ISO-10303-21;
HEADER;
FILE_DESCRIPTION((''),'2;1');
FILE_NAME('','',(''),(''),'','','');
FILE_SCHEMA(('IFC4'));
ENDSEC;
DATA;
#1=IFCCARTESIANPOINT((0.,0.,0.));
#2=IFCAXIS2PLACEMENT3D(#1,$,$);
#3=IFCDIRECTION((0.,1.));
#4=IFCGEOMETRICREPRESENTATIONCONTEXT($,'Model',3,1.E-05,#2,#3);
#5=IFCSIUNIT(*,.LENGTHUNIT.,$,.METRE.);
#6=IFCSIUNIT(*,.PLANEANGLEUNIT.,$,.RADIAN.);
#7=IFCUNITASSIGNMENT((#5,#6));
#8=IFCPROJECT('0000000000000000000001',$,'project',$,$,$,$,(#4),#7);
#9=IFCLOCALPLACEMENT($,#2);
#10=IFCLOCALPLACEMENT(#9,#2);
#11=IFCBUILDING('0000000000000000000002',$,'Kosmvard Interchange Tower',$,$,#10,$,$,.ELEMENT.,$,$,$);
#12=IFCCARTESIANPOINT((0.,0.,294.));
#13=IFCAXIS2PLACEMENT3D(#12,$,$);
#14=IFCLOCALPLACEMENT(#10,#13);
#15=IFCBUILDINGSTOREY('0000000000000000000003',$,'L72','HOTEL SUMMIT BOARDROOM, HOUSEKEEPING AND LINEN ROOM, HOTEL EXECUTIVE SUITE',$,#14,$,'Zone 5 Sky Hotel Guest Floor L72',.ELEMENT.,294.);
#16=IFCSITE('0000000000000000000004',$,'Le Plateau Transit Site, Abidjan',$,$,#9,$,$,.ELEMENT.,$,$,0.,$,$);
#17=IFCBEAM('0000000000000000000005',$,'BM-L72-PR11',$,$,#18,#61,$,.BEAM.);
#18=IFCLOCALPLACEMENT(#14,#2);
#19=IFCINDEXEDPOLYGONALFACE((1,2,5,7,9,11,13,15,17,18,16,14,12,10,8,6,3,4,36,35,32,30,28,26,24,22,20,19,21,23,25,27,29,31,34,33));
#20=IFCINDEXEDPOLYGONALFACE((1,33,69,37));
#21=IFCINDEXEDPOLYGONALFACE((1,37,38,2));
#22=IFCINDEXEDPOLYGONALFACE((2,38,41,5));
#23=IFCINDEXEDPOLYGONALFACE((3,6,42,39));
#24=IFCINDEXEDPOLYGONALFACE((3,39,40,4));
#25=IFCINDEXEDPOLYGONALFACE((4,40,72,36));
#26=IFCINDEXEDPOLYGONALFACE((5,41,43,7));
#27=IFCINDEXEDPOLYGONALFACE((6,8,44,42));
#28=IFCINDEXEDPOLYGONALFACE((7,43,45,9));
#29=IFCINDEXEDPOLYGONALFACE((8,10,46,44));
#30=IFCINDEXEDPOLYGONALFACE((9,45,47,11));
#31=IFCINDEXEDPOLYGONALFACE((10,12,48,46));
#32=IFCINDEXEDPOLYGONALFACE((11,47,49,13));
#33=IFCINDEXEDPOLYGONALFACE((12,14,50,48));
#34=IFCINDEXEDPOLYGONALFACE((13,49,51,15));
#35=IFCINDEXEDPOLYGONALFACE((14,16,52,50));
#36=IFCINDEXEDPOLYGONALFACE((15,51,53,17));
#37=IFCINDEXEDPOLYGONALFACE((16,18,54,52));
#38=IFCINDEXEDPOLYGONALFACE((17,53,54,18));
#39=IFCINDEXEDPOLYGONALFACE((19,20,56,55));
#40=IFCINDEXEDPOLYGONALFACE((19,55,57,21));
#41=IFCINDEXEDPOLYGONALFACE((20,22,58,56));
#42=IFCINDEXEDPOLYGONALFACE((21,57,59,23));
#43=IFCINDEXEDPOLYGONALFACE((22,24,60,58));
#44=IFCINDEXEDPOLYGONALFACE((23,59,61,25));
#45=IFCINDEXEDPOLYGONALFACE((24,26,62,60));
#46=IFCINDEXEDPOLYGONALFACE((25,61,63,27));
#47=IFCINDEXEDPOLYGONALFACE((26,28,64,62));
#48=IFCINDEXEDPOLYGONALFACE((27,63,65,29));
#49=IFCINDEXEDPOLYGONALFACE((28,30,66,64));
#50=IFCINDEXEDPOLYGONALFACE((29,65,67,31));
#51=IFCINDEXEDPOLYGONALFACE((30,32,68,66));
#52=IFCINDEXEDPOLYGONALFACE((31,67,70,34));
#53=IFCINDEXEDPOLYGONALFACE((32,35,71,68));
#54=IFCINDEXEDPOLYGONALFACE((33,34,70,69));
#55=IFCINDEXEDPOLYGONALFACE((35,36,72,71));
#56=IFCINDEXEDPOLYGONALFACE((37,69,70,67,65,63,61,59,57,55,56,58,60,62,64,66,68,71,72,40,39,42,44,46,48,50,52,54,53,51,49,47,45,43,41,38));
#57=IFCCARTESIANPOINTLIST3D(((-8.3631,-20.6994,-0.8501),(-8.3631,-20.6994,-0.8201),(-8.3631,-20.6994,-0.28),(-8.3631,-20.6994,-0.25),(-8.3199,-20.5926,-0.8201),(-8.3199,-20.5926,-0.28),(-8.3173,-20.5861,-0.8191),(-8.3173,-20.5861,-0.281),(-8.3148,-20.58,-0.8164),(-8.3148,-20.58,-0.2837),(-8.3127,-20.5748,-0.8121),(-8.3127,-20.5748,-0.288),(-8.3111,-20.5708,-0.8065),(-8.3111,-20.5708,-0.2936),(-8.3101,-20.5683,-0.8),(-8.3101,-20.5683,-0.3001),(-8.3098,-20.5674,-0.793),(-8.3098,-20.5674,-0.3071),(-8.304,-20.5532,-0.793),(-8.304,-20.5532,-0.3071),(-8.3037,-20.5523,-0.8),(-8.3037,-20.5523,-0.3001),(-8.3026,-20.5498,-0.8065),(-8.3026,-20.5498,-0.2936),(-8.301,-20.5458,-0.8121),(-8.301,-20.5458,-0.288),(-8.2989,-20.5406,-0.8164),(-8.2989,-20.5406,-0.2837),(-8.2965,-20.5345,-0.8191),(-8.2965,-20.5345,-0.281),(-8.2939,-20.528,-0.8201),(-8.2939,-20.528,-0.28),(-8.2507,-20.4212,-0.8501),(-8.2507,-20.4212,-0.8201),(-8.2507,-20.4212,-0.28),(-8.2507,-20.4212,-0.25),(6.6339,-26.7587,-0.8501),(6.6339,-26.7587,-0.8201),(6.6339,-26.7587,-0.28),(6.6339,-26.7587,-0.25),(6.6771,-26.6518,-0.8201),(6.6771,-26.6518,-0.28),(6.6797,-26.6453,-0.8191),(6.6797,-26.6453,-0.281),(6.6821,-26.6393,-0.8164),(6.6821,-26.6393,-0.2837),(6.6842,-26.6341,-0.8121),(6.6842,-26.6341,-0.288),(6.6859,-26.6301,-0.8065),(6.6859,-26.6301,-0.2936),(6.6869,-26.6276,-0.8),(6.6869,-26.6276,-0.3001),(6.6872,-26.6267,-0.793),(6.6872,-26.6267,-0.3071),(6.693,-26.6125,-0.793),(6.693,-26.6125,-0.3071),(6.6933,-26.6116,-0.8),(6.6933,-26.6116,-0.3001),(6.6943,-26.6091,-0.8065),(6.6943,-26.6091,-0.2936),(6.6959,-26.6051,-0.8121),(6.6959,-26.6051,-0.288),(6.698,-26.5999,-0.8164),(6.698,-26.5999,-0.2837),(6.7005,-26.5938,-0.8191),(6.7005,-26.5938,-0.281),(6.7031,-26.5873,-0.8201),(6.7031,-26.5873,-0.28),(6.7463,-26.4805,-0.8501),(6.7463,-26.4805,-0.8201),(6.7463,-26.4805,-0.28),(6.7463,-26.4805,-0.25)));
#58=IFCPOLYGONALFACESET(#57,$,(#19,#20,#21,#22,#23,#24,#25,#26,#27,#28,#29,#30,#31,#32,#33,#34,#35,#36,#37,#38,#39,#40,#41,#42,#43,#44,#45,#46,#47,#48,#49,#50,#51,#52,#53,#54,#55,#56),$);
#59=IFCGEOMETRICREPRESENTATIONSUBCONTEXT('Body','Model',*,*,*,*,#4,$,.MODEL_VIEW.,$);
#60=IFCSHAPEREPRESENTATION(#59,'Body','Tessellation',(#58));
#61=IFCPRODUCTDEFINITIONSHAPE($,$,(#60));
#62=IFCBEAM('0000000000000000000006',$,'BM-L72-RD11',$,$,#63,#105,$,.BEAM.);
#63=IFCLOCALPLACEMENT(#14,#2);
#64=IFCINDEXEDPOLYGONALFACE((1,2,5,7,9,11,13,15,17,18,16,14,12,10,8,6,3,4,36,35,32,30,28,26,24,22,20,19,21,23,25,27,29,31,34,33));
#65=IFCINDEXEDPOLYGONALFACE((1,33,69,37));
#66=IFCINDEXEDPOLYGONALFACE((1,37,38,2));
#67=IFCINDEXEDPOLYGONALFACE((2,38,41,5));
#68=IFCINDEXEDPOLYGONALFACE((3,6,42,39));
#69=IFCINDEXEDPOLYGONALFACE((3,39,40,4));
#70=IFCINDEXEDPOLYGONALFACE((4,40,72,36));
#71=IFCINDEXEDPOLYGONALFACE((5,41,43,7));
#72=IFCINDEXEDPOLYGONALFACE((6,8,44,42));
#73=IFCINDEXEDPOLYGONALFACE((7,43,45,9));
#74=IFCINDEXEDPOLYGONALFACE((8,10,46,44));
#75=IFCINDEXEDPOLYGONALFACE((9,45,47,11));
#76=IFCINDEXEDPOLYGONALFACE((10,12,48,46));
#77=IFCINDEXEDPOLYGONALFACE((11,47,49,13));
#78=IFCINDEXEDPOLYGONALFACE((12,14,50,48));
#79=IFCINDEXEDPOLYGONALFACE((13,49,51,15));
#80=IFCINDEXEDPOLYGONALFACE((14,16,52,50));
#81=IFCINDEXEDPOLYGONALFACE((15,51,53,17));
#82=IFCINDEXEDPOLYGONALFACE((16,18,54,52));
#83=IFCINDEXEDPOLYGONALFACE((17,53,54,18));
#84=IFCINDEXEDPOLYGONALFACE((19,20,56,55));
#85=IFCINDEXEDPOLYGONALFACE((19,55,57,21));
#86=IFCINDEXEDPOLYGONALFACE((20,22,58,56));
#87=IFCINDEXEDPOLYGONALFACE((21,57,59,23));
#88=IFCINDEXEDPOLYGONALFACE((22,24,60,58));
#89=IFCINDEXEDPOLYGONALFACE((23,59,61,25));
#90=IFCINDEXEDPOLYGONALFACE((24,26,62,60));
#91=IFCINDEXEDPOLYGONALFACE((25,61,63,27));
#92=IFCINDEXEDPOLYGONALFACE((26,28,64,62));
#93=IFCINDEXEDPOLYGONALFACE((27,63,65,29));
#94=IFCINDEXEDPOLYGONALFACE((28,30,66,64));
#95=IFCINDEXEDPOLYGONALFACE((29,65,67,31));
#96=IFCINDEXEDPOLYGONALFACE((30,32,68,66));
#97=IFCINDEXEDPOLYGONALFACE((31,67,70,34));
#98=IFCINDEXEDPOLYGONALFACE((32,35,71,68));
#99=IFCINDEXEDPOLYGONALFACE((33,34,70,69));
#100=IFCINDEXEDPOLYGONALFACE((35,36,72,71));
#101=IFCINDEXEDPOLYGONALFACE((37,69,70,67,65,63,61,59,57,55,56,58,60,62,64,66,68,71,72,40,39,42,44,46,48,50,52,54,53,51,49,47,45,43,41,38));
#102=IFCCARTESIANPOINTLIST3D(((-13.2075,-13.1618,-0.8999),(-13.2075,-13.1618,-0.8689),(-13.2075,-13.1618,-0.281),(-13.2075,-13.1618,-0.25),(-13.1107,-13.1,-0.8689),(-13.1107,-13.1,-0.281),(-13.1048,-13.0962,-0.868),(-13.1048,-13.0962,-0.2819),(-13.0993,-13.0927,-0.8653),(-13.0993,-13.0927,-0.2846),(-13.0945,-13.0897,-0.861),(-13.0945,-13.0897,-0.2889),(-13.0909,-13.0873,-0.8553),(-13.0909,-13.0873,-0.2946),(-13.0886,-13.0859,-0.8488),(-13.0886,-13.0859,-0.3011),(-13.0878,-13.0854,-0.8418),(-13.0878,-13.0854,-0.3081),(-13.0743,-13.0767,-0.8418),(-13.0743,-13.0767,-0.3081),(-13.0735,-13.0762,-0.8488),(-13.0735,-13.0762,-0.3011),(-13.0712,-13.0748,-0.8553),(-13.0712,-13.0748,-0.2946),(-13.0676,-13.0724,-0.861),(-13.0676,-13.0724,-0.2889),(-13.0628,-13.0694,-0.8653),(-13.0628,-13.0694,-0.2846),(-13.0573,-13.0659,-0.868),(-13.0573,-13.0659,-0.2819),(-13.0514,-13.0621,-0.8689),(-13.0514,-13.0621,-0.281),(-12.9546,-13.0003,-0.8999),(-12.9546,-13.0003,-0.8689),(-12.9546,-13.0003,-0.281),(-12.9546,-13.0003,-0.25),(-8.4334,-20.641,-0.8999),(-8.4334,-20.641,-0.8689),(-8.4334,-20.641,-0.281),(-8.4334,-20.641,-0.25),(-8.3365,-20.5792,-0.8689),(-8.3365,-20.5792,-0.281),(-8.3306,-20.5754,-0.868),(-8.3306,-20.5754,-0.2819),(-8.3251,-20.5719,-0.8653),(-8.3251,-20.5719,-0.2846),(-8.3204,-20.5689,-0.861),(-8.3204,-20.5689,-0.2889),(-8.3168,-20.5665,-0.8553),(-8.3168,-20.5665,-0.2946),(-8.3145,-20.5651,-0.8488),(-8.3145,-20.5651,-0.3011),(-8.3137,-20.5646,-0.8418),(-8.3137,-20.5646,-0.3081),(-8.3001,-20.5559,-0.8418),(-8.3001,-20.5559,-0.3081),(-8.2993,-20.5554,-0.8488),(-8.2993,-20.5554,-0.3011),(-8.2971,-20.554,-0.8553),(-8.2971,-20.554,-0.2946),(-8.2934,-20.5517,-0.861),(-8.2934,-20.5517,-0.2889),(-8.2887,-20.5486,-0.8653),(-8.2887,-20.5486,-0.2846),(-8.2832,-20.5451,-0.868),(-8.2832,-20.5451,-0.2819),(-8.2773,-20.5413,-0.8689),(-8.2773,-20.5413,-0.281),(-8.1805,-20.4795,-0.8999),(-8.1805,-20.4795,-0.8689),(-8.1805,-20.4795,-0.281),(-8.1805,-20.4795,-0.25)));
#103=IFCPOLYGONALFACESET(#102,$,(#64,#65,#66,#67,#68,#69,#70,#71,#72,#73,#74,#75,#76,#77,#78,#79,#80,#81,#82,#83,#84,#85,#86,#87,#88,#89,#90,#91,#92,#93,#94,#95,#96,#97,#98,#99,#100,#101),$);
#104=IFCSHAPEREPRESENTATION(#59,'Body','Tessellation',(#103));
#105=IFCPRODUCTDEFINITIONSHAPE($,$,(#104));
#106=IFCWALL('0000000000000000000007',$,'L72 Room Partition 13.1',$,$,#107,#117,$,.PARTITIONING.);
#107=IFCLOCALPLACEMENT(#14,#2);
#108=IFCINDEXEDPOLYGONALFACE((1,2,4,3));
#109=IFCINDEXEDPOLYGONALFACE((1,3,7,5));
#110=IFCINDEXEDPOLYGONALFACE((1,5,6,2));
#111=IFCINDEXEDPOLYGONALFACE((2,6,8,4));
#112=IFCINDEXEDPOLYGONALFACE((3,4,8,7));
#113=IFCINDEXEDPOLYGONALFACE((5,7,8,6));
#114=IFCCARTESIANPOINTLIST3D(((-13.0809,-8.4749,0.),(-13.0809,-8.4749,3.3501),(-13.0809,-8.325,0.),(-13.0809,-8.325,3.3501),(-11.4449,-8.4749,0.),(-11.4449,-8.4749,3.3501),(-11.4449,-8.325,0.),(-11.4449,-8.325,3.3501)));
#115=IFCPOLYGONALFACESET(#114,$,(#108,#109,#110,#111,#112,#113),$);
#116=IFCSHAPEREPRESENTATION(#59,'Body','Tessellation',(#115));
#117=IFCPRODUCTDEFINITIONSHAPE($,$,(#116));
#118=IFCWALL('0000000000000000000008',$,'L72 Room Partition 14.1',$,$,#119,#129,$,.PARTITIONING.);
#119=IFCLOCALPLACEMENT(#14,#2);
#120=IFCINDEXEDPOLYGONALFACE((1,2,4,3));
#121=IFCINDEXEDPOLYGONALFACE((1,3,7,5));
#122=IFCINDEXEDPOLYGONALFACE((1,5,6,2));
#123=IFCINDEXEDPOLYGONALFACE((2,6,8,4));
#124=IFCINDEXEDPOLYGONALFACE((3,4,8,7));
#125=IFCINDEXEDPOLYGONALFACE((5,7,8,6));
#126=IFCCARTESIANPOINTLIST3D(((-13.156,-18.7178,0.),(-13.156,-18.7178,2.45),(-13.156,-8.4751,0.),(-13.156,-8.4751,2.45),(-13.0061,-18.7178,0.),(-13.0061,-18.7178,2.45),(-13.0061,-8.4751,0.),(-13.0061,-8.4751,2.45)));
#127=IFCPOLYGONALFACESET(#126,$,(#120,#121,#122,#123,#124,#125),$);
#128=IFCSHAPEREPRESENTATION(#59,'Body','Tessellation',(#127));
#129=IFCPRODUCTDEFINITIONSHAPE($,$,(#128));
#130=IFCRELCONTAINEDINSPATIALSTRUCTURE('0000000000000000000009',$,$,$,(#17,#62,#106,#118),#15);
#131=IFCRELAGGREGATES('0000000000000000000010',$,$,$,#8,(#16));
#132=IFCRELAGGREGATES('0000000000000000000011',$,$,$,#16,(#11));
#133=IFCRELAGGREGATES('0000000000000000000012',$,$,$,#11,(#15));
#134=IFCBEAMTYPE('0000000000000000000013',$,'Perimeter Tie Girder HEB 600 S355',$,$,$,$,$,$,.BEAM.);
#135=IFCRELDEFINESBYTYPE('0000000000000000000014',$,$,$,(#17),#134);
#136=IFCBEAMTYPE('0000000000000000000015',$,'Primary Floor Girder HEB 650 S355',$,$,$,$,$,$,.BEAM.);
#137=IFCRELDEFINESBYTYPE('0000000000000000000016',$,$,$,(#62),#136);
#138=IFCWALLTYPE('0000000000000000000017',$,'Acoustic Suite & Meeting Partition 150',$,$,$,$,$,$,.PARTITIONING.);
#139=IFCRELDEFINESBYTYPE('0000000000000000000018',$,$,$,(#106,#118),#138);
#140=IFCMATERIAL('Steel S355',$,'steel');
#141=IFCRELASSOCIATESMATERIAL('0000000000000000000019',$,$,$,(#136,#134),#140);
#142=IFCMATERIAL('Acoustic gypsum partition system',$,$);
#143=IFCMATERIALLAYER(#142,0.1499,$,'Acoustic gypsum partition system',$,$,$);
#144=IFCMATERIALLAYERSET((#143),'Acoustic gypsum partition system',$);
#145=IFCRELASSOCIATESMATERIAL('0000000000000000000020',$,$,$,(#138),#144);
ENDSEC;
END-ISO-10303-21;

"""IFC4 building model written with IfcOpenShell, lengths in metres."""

from ifc_helpers import new_model, si_unit, direction, frame, frame_2d, origin, origin_2d, place, context, subcontext, project, spatial, rectangle, i_section, extrude, source, transform, mapped, material, layer, layer_set, material_profile, profile_set, type_object, element, save


model = new_model("IFC4")

# Units and contexts
model_context = context("Model", 3, precision=1e-05, world=origin(), true_north=direction((0.0, 1.0)))
body_context = subcontext(model_context, "Body", "Model", "MODEL_VIEW")
ifc_project = project(units=[si_unit("LENGTHUNIT", "METRE"), si_unit("PLANEANGLEUNIT", "RADIAN")], contexts=[model_context])

# Site, building, storey
site_placement = place(None, origin())
site = spatial("IfcSite", under=ifc_project, at=site_placement, Name="Le Plateau Transit Site, Abidjan", CompositionType="ELEMENT", RefElevation=0.0)
building_placement = place(site_placement, origin())
building = spatial("IfcBuilding", under=site, at=building_placement, Name="Kosmvard Interchange Tower", CompositionType="ELEMENT")
storey_placement = place(building_placement, frame((0.0, 0.0, 294.0)))
storey = spatial("IfcBuildingStorey", under=building, at=storey_placement, Name="L72", Description="HOTEL SUMMIT BOARDROOM, HOUSEKEEPING AND LINEN ROOM, HOTEL EXECUTIVE SUITE", LongName="Zone 5 Sky Hotel Guest Floor L72", CompositionType="ELEMENT", Elevation=294.0)

# Beams
ifc_material_1 = material(Name="Steel S355", Category="steel")
ifc_material_profile_1 = material_profile(ifc_material_1, i_section(OverallWidth=0.3, OverallDepth=0.6499, WebThickness=0.0161, FlangeThickness=0.031, FilletRadius=0.0271, at=origin_2d()), Name="HEB 650")
ifc_profile_set_1 = profile_set([ifc_material_profile_1], Name="Steel S355")
beam_type_1 = type_object("IfcBeamType", Name="Primary Floor Girder HEB 650 S355", PredefinedType="BEAM", material=ifc_profile_set_1)
ifc_material_profile_2 = material_profile(ifc_material_1, i_section(OverallWidth=0.3, OverallDepth=0.6001, WebThickness=0.0154, FlangeThickness=0.03, FilletRadius=0.0271, at=origin_2d()), Name="HEB 600")
ifc_profile_set_2 = profile_set([ifc_material_profile_2], Name="Steel S355")
beam_type_2 = type_object("IfcBeamType", Name="Perimeter Tie Girder HEB 600 S355", PredefinedType="BEAM", material=ifc_profile_set_2)
shared_shape_1 = source(origin(), body_context, "Body", "SweptSolid", [
    extrude(i_section(OverallWidth=0.3, OverallDepth=0.6001, WebThickness=0.0154, FlangeThickness=0.03, FilletRadius=0.0271, at=origin_2d()), origin(), (0.0, 0.0, 1.0), 16.1748),
])
beam_1_placement = place(storey_placement, frame((-8.3069, -20.5603, -0.55), z_axis=(0.927181, -0.374613, 0.0), x_axis=(0.374613, 0.927181, 0.0)))
element("IfcBeam", 1, at=beam_1_placement, inside=storey, type_object=beam_type_2, Name="BM-L72-PR11", PredefinedType="BEAM", context=body_context, shape_type="MappedRepresentation", body=[
    mapped(shared_shape_1, transform((0.0, 0.0, 0.0), scale=1.0)),
])
shared_shape_2 = source(origin(), body_context, "Body", "SweptSolid", [
    extrude(i_section(OverallWidth=0.3, OverallDepth=0.6499, WebThickness=0.0161, FlangeThickness=0.031, FilletRadius=0.0271, at=origin_2d()), origin(), (0.0, 0.0, 1.0), 8.873),
])
beam_2_placement = place(storey_placement, frame((-13.0811, -13.0811, -0.575), z_axis=(0.53805, -0.842913, 0.0), x_axis=(0.842913, 0.53805, 0.0)))
element("IfcBeam", 2, at=beam_2_placement, inside=storey, type_object=beam_type_1, Name="BM-L72-RD11", PredefinedType="BEAM", context=body_context, shape_type="MappedRepresentation", body=[
    mapped(shared_shape_2, transform((0.0, 0.0, 0.0), scale=1.0)),
])

# Walls
ifc_material_2 = material(Name="Acoustic gypsum partition system")
ifc_layer_1 = layer(ifc_material_2, 0.1499, Name="Acoustic gypsum partition system")
ifc_layer_set_1 = layer_set([ifc_layer_1], Name="Acoustic gypsum partition system")
wall_type_1 = type_object("IfcWallType", Name="Acoustic Suite & Meeting Partition 150", PredefinedType="PARTITIONING", material=ifc_layer_set_1)
wall_1_placement = place(storey_placement, frame((-11.4451, -8.3999, 0.0), z_axis=(0.0, 0.0, 1.0), x_axis=(-1.0, 0.0, 0.0)))
element("IfcWall", 3, at=wall_1_placement, inside=storey, type_object=wall_type_1, Name="L72 Room Partition 13.1", PredefinedType="PARTITIONING", context=body_context, shape_type="SweptSolid", body=[
    extrude(rectangle(XDim=1.636, YDim=0.1499, at=frame_2d((0.8179, 0.0))), origin(), (0.0, 0.0, 1.0), 3.3501),
])
wall_2_placement = place(storey_placement, frame((-13.0811, -8.4751, 0.0), z_axis=(0.0, 0.0, 1.0), x_axis=(0.0, -1.0, 0.0)))
element("IfcWall", 4, at=wall_2_placement, inside=storey, type_object=wall_type_1, Name="L72 Room Partition 14.1", PredefinedType="PARTITIONING", context=body_context, shape_type="SweptSolid", body=[
    extrude(rectangle(XDim=10.2427, YDim=0.1499, at=frame_2d((5.1213, 0.0))), origin(), (0.0, 0.0, 1.0), 2.45),
])

save(model, "model.ifc")
